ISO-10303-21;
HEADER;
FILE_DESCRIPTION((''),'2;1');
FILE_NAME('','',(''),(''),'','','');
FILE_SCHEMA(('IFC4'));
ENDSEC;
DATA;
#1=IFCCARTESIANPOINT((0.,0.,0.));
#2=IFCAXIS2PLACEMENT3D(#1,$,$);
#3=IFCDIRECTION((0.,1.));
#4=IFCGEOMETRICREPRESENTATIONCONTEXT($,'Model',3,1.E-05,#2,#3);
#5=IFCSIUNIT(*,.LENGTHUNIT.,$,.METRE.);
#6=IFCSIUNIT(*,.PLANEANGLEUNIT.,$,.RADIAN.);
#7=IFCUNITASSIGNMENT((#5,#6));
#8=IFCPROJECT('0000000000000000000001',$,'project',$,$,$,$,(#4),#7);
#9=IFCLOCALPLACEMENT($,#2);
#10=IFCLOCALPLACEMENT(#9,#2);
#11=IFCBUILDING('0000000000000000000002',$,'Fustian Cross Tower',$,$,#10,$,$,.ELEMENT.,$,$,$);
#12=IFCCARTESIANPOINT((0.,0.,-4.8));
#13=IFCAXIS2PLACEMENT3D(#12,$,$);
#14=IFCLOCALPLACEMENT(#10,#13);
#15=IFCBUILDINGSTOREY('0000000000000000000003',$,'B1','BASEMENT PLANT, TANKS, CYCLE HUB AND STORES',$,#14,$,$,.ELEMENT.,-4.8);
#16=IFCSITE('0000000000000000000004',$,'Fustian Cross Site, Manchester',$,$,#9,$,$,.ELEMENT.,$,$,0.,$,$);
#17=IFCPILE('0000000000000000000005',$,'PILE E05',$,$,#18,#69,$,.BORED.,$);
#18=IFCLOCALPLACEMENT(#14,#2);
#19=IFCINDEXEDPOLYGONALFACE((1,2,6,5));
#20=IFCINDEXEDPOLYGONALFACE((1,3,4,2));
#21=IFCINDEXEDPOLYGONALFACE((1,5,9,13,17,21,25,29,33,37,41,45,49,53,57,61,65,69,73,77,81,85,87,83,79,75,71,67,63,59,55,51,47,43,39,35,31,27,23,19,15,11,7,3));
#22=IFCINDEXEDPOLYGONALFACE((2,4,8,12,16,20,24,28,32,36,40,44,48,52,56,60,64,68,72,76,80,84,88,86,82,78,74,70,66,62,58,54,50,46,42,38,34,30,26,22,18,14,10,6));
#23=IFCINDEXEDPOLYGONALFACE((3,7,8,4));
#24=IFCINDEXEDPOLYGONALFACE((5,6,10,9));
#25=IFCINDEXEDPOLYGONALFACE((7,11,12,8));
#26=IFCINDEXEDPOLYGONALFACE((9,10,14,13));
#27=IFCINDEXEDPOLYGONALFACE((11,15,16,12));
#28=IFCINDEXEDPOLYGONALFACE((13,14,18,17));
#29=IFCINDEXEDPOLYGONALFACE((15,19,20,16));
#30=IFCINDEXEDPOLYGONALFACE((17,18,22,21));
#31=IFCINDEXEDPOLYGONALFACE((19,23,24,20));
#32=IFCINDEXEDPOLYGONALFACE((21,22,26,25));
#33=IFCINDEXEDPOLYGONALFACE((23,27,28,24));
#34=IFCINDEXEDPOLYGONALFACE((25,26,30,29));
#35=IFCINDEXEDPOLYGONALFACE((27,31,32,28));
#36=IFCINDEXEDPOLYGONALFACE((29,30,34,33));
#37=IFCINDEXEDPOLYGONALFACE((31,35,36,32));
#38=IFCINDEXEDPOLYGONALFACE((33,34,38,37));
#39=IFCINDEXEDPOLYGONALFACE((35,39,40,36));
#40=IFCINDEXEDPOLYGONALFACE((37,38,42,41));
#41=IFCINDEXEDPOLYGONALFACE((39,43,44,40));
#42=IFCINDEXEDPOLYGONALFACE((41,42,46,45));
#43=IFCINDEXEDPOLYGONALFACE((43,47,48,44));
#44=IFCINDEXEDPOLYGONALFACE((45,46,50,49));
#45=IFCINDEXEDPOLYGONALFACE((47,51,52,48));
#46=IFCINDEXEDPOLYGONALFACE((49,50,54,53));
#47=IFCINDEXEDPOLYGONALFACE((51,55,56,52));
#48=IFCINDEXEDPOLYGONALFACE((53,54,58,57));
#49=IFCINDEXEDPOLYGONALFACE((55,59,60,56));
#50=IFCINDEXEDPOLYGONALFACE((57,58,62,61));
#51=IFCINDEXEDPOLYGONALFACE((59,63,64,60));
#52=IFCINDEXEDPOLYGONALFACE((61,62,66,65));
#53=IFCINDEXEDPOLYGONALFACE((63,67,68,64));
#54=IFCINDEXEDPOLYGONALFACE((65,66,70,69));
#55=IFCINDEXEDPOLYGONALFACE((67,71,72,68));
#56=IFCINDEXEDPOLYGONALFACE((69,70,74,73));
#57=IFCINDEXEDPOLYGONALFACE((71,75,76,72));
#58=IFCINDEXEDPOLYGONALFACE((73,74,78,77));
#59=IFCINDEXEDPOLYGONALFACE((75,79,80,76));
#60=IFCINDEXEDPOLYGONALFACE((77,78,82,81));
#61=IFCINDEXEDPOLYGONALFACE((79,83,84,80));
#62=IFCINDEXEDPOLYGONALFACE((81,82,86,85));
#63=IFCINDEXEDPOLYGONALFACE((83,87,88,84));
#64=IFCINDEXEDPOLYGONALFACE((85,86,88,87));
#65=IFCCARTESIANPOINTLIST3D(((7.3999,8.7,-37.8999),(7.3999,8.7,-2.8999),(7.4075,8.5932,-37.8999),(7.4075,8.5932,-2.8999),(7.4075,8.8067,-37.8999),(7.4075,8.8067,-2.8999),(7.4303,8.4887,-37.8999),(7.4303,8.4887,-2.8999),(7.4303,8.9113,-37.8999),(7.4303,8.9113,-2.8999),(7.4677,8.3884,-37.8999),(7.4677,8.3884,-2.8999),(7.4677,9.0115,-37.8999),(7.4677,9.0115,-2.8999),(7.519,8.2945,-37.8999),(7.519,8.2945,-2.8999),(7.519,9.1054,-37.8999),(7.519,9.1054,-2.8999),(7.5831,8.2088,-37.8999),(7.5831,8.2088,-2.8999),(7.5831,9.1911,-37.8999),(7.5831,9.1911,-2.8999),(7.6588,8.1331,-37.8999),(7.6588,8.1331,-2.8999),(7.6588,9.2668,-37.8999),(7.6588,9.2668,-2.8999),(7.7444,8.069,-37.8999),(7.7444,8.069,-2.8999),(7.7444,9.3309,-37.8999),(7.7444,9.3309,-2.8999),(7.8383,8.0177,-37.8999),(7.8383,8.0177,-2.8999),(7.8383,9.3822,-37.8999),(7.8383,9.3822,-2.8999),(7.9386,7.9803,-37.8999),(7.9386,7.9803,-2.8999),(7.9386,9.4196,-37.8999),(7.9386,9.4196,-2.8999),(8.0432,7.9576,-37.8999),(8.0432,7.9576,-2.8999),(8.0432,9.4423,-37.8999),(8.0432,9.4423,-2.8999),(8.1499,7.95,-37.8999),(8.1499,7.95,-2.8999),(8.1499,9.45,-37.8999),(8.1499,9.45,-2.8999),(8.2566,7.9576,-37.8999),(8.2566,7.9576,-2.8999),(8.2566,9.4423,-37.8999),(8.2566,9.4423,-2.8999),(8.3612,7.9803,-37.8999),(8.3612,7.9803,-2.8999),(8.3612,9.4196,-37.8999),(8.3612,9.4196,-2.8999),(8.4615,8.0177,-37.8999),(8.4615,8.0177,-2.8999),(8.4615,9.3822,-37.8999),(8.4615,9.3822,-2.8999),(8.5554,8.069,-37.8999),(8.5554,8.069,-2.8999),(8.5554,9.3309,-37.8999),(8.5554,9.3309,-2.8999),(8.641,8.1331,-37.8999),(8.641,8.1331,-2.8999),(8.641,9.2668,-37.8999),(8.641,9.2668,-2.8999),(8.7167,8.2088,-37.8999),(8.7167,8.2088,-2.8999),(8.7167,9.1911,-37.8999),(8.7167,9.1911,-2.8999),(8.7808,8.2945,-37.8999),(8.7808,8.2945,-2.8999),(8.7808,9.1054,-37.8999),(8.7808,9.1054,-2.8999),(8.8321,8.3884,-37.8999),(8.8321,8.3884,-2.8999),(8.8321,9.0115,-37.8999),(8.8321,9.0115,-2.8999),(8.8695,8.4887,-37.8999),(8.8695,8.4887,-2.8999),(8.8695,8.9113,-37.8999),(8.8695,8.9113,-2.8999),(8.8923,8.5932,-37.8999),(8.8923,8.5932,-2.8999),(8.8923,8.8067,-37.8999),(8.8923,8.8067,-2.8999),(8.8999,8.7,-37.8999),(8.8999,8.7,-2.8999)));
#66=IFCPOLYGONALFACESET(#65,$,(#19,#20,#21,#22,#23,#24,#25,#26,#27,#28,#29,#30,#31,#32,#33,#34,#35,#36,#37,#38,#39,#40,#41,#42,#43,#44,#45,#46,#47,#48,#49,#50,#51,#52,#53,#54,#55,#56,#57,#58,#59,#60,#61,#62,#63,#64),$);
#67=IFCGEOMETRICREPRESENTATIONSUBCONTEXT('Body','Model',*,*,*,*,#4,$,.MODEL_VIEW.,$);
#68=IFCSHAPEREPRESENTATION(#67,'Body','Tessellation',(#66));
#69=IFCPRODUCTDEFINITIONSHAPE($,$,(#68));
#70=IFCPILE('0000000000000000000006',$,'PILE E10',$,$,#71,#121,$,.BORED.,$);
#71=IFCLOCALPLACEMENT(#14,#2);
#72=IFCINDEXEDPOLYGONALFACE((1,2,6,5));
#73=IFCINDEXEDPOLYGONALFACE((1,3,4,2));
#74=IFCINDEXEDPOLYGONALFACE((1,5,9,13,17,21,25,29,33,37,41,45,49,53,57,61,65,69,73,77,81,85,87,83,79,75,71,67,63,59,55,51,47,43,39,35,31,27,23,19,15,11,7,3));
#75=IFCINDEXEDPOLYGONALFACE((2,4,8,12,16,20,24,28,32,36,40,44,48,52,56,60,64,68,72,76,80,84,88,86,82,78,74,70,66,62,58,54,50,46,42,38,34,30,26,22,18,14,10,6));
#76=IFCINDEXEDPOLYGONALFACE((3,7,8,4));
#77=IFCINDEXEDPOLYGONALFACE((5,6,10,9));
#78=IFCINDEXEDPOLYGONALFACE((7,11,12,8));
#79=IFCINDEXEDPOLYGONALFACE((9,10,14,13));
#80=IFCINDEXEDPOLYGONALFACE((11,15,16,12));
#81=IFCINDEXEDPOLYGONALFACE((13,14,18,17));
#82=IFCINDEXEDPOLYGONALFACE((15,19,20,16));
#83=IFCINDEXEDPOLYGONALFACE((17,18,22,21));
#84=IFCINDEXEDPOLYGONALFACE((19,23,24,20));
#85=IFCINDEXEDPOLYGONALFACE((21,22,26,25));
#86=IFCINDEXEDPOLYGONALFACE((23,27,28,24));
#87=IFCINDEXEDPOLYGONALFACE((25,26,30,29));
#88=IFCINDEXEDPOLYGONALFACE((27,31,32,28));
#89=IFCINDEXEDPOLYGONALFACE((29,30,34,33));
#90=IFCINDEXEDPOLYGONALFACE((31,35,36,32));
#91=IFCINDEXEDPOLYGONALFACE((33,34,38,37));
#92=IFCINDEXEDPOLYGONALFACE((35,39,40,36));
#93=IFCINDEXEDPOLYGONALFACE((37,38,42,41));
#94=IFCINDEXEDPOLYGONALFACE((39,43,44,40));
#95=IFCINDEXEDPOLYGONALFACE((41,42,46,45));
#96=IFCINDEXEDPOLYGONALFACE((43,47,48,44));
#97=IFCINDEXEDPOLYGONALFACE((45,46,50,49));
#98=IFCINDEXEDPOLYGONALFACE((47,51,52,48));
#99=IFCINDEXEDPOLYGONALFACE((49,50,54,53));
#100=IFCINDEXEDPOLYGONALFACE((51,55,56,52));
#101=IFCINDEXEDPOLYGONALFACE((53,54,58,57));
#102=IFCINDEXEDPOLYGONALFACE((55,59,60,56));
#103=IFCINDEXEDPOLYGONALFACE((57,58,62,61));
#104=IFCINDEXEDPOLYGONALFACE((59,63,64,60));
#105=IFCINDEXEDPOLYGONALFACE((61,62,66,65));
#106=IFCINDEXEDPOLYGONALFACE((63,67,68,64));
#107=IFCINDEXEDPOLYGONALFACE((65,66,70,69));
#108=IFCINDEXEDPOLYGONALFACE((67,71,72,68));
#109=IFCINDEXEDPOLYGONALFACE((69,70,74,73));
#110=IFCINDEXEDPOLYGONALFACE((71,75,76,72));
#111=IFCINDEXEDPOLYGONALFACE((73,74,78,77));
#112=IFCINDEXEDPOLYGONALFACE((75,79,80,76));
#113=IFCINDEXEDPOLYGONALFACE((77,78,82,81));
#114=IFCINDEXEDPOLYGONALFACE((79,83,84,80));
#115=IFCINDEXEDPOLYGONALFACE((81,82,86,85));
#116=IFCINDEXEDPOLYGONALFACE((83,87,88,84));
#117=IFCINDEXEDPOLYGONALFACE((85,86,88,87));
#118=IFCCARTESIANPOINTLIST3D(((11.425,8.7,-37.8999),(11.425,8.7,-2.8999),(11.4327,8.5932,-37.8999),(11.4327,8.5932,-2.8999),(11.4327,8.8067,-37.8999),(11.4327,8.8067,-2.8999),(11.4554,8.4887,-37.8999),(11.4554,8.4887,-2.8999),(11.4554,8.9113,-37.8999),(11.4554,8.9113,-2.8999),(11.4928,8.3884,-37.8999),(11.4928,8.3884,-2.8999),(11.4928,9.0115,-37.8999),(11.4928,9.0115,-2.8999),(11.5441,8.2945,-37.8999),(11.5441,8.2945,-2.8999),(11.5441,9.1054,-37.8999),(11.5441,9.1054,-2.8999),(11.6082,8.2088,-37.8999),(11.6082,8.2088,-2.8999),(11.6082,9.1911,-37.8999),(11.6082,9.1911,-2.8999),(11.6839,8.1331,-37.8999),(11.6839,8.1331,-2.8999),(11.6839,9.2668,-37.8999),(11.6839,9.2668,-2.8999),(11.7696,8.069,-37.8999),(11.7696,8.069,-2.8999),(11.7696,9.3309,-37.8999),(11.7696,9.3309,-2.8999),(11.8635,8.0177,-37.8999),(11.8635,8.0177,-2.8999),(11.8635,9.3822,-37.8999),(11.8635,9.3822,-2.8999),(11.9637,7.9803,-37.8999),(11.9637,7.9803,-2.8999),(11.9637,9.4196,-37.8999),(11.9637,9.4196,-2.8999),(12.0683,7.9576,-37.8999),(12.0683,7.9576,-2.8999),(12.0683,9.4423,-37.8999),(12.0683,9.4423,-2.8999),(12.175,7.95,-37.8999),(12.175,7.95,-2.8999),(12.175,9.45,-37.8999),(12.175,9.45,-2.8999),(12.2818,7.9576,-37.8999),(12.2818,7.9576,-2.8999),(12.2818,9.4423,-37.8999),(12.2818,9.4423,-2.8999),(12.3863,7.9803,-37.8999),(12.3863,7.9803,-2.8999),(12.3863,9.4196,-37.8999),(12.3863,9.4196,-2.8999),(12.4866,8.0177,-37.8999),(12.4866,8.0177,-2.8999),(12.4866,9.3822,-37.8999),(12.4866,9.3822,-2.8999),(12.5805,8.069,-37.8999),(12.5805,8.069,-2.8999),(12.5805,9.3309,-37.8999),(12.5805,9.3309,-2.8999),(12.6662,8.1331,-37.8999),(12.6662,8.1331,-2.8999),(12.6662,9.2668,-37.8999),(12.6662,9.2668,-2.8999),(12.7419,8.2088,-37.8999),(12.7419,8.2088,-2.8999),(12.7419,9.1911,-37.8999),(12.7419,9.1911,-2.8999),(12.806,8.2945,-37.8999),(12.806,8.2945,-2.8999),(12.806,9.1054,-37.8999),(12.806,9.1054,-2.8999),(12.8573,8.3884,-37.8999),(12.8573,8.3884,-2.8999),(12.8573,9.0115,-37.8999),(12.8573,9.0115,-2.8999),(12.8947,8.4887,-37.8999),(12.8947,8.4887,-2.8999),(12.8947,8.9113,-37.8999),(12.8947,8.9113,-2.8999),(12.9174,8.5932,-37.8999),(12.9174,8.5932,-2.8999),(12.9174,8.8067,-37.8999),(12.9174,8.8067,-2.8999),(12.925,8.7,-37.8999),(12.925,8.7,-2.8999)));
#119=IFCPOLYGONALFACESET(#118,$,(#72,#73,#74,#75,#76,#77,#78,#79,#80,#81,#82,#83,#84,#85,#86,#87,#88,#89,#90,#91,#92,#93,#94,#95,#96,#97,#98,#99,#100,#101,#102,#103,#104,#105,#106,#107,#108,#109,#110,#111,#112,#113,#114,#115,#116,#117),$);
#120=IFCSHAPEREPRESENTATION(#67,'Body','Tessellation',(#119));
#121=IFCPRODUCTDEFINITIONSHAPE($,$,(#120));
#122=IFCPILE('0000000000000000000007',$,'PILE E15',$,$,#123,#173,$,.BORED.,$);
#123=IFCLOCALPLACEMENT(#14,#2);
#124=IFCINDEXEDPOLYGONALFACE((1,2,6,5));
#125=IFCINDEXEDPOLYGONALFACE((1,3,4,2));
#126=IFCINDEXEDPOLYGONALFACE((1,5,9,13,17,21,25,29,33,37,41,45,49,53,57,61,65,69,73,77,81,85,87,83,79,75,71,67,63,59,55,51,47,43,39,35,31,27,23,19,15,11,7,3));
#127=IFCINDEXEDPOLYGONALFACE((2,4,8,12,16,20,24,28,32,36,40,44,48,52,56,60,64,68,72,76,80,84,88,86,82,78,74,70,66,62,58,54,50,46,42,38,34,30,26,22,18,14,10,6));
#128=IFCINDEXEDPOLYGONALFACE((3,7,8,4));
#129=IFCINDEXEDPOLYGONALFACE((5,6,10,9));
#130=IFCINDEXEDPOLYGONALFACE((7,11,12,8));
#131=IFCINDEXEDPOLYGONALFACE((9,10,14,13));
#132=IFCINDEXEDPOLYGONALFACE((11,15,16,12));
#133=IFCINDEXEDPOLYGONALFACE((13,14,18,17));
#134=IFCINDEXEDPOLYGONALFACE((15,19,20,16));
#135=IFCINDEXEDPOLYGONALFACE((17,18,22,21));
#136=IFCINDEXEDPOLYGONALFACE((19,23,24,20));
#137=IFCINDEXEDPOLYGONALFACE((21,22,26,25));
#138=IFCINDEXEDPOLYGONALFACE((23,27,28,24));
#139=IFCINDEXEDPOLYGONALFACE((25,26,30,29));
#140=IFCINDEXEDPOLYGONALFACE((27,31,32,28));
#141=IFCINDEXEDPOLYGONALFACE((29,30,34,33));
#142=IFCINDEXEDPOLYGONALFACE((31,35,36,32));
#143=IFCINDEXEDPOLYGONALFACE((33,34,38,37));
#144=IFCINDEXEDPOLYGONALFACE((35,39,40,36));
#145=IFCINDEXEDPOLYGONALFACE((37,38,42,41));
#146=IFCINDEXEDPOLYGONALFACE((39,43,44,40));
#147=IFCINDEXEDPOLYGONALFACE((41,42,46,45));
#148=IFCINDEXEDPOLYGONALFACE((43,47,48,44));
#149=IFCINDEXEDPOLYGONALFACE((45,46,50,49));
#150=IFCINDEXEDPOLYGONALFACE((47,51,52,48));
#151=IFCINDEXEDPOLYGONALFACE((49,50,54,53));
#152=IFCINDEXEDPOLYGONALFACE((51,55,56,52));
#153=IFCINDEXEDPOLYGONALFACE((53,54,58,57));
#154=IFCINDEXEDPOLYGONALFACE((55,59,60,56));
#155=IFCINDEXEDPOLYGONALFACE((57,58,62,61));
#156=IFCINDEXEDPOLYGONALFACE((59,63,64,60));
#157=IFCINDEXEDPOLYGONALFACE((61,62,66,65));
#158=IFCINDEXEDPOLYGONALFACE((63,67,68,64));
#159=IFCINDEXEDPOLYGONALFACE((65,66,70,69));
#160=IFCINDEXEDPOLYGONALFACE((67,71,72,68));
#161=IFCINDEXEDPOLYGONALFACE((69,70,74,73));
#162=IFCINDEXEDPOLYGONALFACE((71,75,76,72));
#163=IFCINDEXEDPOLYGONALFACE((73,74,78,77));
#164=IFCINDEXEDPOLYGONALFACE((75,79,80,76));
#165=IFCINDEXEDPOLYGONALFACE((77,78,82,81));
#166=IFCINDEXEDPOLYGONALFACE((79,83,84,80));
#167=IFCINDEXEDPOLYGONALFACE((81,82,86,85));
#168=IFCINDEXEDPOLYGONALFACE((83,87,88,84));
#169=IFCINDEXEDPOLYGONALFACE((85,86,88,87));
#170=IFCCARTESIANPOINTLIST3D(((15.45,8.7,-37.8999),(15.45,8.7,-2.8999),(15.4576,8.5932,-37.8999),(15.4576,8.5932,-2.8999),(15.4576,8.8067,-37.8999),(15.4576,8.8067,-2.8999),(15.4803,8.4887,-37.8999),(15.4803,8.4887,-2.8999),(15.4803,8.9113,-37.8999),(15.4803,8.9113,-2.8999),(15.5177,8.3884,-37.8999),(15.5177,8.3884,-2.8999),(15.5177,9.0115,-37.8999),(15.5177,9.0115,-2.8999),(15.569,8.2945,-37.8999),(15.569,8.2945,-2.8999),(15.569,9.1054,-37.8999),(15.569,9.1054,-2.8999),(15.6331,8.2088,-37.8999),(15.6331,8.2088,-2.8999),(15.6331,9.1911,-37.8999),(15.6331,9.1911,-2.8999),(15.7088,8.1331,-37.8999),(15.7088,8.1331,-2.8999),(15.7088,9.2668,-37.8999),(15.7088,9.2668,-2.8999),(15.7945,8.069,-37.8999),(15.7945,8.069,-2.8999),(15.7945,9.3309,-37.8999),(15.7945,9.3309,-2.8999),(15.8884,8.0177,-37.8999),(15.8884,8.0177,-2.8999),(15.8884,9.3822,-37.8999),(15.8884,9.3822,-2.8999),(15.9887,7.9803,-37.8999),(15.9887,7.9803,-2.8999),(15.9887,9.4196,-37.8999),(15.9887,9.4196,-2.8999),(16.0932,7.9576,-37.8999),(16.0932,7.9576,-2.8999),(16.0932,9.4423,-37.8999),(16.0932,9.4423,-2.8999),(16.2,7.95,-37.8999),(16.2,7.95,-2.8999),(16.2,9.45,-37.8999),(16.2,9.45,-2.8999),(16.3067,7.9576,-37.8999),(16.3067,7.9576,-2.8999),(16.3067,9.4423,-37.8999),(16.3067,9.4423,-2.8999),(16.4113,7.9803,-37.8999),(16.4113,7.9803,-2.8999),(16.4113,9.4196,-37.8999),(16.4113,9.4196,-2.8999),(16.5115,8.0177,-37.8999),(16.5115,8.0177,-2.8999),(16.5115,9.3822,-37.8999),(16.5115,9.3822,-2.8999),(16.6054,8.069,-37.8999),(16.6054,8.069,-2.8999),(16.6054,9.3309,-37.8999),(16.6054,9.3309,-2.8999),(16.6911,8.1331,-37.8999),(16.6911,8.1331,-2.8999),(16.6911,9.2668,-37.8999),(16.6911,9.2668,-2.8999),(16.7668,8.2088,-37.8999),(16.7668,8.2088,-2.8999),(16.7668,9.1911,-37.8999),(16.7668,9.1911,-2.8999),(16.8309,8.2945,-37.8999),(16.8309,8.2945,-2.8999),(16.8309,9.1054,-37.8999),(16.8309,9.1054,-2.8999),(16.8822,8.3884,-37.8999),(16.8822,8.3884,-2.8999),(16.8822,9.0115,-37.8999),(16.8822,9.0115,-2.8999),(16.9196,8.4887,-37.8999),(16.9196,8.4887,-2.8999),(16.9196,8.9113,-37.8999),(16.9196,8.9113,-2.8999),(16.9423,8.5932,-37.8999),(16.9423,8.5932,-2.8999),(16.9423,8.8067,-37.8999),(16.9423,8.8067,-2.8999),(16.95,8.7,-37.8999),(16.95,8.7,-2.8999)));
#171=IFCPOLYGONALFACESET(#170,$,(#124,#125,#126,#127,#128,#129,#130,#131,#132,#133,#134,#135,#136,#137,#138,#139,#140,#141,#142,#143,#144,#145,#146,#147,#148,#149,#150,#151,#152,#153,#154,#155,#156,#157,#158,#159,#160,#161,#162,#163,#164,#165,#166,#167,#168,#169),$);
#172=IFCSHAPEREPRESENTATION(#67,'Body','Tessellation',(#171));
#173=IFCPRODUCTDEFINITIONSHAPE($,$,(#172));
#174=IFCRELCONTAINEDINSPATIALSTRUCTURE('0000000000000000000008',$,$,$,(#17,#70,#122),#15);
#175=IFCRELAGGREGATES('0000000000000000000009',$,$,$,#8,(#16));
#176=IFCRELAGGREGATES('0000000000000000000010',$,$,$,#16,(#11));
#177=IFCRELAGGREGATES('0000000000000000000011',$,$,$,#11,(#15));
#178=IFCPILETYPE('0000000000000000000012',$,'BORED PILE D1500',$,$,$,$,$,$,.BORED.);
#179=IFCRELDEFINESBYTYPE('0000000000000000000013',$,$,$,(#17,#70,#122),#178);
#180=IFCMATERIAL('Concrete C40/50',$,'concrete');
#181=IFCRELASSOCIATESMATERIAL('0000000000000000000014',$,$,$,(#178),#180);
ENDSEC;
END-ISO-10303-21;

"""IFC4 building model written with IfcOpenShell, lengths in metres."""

from ifc_helpers import new_model, si_unit, direction, frame, origin, origin_2d, place, context, subcontext, project, spatial, circle, extrude, material, material_profile, profile_set, type_object, element, save


model = new_model("IFC4")

# Units and contexts
model_context = context("Model", 3, precision=1e-05, world=origin(), true_north=direction((0.0, 1.0)))
body_context = subcontext(model_context, "Body", "Model", "MODEL_VIEW")
ifc_project = project(units=[si_unit("LENGTHUNIT", "METRE"), si_unit("PLANEANGLEUNIT", "RADIAN")], contexts=[model_context])

# Site, building, storey
site_placement = place(None, origin())
site = spatial("IfcSite", under=ifc_project, at=site_placement, Name="Fustian Cross Site, Manchester", CompositionType="ELEMENT", RefElevation=0.0)
building_placement = place(site_placement, origin())
building = spatial("IfcBuilding", under=site, at=building_placement, Name="Fustian Cross Tower", CompositionType="ELEMENT")
storey_placement = place(building_placement, frame((0.0, 0.0, -4.8)))
storey = spatial("IfcBuildingStorey", under=building, at=storey_placement, Name="B1", Description="BASEMENT PLANT, TANKS, CYCLE HUB AND STORES", CompositionType="ELEMENT", Elevation=-4.8)

# Piles
ifc_material_1 = material(Name="Concrete C40/50", Category="concrete")
ifc_material_profile_1 = material_profile(ifc_material_1, circle(Radius=0.75, at=origin_2d()), Name="BORED PILE D1500")
ifc_profile_set_1 = profile_set([ifc_material_profile_1], Name="Concrete C40/50")
pile_type_1 = type_object("IfcPileType", Name="BORED PILE D1500", PredefinedType="BORED", material=ifc_profile_set_1)
for number, where, z_axis, x_axis, name in (
    (1, (8.1499, 8.7, -2.8999), (0.0, 0.0, -1.0), (1.0, 0.0, 0.0), "PILE E05"),
    (2, (12.175, 8.7, -2.8999), (0.0, 0.0, -1.0), (1.0, 0.0, 0.0), "PILE E10"),
    (3, (16.2, 8.7, -2.8999), (0.0, 0.0, -1.0), (1.0, 0.0, 0.0), "PILE E15"),
):
    element("IfcPile", number, at=place(storey_placement, frame(where, z_axis=z_axis, x_axis=x_axis)), inside=storey, type_object=pile_type_1, Name=name, PredefinedType="BORED", context=body_context, shape_type="SweptSolid", body=[
        extrude(circle(Radius=0.75, at=origin_2d()), origin(), (0.0, 0.0, 1.0), 35.0),
    ])

save(model, "model.ifc")
